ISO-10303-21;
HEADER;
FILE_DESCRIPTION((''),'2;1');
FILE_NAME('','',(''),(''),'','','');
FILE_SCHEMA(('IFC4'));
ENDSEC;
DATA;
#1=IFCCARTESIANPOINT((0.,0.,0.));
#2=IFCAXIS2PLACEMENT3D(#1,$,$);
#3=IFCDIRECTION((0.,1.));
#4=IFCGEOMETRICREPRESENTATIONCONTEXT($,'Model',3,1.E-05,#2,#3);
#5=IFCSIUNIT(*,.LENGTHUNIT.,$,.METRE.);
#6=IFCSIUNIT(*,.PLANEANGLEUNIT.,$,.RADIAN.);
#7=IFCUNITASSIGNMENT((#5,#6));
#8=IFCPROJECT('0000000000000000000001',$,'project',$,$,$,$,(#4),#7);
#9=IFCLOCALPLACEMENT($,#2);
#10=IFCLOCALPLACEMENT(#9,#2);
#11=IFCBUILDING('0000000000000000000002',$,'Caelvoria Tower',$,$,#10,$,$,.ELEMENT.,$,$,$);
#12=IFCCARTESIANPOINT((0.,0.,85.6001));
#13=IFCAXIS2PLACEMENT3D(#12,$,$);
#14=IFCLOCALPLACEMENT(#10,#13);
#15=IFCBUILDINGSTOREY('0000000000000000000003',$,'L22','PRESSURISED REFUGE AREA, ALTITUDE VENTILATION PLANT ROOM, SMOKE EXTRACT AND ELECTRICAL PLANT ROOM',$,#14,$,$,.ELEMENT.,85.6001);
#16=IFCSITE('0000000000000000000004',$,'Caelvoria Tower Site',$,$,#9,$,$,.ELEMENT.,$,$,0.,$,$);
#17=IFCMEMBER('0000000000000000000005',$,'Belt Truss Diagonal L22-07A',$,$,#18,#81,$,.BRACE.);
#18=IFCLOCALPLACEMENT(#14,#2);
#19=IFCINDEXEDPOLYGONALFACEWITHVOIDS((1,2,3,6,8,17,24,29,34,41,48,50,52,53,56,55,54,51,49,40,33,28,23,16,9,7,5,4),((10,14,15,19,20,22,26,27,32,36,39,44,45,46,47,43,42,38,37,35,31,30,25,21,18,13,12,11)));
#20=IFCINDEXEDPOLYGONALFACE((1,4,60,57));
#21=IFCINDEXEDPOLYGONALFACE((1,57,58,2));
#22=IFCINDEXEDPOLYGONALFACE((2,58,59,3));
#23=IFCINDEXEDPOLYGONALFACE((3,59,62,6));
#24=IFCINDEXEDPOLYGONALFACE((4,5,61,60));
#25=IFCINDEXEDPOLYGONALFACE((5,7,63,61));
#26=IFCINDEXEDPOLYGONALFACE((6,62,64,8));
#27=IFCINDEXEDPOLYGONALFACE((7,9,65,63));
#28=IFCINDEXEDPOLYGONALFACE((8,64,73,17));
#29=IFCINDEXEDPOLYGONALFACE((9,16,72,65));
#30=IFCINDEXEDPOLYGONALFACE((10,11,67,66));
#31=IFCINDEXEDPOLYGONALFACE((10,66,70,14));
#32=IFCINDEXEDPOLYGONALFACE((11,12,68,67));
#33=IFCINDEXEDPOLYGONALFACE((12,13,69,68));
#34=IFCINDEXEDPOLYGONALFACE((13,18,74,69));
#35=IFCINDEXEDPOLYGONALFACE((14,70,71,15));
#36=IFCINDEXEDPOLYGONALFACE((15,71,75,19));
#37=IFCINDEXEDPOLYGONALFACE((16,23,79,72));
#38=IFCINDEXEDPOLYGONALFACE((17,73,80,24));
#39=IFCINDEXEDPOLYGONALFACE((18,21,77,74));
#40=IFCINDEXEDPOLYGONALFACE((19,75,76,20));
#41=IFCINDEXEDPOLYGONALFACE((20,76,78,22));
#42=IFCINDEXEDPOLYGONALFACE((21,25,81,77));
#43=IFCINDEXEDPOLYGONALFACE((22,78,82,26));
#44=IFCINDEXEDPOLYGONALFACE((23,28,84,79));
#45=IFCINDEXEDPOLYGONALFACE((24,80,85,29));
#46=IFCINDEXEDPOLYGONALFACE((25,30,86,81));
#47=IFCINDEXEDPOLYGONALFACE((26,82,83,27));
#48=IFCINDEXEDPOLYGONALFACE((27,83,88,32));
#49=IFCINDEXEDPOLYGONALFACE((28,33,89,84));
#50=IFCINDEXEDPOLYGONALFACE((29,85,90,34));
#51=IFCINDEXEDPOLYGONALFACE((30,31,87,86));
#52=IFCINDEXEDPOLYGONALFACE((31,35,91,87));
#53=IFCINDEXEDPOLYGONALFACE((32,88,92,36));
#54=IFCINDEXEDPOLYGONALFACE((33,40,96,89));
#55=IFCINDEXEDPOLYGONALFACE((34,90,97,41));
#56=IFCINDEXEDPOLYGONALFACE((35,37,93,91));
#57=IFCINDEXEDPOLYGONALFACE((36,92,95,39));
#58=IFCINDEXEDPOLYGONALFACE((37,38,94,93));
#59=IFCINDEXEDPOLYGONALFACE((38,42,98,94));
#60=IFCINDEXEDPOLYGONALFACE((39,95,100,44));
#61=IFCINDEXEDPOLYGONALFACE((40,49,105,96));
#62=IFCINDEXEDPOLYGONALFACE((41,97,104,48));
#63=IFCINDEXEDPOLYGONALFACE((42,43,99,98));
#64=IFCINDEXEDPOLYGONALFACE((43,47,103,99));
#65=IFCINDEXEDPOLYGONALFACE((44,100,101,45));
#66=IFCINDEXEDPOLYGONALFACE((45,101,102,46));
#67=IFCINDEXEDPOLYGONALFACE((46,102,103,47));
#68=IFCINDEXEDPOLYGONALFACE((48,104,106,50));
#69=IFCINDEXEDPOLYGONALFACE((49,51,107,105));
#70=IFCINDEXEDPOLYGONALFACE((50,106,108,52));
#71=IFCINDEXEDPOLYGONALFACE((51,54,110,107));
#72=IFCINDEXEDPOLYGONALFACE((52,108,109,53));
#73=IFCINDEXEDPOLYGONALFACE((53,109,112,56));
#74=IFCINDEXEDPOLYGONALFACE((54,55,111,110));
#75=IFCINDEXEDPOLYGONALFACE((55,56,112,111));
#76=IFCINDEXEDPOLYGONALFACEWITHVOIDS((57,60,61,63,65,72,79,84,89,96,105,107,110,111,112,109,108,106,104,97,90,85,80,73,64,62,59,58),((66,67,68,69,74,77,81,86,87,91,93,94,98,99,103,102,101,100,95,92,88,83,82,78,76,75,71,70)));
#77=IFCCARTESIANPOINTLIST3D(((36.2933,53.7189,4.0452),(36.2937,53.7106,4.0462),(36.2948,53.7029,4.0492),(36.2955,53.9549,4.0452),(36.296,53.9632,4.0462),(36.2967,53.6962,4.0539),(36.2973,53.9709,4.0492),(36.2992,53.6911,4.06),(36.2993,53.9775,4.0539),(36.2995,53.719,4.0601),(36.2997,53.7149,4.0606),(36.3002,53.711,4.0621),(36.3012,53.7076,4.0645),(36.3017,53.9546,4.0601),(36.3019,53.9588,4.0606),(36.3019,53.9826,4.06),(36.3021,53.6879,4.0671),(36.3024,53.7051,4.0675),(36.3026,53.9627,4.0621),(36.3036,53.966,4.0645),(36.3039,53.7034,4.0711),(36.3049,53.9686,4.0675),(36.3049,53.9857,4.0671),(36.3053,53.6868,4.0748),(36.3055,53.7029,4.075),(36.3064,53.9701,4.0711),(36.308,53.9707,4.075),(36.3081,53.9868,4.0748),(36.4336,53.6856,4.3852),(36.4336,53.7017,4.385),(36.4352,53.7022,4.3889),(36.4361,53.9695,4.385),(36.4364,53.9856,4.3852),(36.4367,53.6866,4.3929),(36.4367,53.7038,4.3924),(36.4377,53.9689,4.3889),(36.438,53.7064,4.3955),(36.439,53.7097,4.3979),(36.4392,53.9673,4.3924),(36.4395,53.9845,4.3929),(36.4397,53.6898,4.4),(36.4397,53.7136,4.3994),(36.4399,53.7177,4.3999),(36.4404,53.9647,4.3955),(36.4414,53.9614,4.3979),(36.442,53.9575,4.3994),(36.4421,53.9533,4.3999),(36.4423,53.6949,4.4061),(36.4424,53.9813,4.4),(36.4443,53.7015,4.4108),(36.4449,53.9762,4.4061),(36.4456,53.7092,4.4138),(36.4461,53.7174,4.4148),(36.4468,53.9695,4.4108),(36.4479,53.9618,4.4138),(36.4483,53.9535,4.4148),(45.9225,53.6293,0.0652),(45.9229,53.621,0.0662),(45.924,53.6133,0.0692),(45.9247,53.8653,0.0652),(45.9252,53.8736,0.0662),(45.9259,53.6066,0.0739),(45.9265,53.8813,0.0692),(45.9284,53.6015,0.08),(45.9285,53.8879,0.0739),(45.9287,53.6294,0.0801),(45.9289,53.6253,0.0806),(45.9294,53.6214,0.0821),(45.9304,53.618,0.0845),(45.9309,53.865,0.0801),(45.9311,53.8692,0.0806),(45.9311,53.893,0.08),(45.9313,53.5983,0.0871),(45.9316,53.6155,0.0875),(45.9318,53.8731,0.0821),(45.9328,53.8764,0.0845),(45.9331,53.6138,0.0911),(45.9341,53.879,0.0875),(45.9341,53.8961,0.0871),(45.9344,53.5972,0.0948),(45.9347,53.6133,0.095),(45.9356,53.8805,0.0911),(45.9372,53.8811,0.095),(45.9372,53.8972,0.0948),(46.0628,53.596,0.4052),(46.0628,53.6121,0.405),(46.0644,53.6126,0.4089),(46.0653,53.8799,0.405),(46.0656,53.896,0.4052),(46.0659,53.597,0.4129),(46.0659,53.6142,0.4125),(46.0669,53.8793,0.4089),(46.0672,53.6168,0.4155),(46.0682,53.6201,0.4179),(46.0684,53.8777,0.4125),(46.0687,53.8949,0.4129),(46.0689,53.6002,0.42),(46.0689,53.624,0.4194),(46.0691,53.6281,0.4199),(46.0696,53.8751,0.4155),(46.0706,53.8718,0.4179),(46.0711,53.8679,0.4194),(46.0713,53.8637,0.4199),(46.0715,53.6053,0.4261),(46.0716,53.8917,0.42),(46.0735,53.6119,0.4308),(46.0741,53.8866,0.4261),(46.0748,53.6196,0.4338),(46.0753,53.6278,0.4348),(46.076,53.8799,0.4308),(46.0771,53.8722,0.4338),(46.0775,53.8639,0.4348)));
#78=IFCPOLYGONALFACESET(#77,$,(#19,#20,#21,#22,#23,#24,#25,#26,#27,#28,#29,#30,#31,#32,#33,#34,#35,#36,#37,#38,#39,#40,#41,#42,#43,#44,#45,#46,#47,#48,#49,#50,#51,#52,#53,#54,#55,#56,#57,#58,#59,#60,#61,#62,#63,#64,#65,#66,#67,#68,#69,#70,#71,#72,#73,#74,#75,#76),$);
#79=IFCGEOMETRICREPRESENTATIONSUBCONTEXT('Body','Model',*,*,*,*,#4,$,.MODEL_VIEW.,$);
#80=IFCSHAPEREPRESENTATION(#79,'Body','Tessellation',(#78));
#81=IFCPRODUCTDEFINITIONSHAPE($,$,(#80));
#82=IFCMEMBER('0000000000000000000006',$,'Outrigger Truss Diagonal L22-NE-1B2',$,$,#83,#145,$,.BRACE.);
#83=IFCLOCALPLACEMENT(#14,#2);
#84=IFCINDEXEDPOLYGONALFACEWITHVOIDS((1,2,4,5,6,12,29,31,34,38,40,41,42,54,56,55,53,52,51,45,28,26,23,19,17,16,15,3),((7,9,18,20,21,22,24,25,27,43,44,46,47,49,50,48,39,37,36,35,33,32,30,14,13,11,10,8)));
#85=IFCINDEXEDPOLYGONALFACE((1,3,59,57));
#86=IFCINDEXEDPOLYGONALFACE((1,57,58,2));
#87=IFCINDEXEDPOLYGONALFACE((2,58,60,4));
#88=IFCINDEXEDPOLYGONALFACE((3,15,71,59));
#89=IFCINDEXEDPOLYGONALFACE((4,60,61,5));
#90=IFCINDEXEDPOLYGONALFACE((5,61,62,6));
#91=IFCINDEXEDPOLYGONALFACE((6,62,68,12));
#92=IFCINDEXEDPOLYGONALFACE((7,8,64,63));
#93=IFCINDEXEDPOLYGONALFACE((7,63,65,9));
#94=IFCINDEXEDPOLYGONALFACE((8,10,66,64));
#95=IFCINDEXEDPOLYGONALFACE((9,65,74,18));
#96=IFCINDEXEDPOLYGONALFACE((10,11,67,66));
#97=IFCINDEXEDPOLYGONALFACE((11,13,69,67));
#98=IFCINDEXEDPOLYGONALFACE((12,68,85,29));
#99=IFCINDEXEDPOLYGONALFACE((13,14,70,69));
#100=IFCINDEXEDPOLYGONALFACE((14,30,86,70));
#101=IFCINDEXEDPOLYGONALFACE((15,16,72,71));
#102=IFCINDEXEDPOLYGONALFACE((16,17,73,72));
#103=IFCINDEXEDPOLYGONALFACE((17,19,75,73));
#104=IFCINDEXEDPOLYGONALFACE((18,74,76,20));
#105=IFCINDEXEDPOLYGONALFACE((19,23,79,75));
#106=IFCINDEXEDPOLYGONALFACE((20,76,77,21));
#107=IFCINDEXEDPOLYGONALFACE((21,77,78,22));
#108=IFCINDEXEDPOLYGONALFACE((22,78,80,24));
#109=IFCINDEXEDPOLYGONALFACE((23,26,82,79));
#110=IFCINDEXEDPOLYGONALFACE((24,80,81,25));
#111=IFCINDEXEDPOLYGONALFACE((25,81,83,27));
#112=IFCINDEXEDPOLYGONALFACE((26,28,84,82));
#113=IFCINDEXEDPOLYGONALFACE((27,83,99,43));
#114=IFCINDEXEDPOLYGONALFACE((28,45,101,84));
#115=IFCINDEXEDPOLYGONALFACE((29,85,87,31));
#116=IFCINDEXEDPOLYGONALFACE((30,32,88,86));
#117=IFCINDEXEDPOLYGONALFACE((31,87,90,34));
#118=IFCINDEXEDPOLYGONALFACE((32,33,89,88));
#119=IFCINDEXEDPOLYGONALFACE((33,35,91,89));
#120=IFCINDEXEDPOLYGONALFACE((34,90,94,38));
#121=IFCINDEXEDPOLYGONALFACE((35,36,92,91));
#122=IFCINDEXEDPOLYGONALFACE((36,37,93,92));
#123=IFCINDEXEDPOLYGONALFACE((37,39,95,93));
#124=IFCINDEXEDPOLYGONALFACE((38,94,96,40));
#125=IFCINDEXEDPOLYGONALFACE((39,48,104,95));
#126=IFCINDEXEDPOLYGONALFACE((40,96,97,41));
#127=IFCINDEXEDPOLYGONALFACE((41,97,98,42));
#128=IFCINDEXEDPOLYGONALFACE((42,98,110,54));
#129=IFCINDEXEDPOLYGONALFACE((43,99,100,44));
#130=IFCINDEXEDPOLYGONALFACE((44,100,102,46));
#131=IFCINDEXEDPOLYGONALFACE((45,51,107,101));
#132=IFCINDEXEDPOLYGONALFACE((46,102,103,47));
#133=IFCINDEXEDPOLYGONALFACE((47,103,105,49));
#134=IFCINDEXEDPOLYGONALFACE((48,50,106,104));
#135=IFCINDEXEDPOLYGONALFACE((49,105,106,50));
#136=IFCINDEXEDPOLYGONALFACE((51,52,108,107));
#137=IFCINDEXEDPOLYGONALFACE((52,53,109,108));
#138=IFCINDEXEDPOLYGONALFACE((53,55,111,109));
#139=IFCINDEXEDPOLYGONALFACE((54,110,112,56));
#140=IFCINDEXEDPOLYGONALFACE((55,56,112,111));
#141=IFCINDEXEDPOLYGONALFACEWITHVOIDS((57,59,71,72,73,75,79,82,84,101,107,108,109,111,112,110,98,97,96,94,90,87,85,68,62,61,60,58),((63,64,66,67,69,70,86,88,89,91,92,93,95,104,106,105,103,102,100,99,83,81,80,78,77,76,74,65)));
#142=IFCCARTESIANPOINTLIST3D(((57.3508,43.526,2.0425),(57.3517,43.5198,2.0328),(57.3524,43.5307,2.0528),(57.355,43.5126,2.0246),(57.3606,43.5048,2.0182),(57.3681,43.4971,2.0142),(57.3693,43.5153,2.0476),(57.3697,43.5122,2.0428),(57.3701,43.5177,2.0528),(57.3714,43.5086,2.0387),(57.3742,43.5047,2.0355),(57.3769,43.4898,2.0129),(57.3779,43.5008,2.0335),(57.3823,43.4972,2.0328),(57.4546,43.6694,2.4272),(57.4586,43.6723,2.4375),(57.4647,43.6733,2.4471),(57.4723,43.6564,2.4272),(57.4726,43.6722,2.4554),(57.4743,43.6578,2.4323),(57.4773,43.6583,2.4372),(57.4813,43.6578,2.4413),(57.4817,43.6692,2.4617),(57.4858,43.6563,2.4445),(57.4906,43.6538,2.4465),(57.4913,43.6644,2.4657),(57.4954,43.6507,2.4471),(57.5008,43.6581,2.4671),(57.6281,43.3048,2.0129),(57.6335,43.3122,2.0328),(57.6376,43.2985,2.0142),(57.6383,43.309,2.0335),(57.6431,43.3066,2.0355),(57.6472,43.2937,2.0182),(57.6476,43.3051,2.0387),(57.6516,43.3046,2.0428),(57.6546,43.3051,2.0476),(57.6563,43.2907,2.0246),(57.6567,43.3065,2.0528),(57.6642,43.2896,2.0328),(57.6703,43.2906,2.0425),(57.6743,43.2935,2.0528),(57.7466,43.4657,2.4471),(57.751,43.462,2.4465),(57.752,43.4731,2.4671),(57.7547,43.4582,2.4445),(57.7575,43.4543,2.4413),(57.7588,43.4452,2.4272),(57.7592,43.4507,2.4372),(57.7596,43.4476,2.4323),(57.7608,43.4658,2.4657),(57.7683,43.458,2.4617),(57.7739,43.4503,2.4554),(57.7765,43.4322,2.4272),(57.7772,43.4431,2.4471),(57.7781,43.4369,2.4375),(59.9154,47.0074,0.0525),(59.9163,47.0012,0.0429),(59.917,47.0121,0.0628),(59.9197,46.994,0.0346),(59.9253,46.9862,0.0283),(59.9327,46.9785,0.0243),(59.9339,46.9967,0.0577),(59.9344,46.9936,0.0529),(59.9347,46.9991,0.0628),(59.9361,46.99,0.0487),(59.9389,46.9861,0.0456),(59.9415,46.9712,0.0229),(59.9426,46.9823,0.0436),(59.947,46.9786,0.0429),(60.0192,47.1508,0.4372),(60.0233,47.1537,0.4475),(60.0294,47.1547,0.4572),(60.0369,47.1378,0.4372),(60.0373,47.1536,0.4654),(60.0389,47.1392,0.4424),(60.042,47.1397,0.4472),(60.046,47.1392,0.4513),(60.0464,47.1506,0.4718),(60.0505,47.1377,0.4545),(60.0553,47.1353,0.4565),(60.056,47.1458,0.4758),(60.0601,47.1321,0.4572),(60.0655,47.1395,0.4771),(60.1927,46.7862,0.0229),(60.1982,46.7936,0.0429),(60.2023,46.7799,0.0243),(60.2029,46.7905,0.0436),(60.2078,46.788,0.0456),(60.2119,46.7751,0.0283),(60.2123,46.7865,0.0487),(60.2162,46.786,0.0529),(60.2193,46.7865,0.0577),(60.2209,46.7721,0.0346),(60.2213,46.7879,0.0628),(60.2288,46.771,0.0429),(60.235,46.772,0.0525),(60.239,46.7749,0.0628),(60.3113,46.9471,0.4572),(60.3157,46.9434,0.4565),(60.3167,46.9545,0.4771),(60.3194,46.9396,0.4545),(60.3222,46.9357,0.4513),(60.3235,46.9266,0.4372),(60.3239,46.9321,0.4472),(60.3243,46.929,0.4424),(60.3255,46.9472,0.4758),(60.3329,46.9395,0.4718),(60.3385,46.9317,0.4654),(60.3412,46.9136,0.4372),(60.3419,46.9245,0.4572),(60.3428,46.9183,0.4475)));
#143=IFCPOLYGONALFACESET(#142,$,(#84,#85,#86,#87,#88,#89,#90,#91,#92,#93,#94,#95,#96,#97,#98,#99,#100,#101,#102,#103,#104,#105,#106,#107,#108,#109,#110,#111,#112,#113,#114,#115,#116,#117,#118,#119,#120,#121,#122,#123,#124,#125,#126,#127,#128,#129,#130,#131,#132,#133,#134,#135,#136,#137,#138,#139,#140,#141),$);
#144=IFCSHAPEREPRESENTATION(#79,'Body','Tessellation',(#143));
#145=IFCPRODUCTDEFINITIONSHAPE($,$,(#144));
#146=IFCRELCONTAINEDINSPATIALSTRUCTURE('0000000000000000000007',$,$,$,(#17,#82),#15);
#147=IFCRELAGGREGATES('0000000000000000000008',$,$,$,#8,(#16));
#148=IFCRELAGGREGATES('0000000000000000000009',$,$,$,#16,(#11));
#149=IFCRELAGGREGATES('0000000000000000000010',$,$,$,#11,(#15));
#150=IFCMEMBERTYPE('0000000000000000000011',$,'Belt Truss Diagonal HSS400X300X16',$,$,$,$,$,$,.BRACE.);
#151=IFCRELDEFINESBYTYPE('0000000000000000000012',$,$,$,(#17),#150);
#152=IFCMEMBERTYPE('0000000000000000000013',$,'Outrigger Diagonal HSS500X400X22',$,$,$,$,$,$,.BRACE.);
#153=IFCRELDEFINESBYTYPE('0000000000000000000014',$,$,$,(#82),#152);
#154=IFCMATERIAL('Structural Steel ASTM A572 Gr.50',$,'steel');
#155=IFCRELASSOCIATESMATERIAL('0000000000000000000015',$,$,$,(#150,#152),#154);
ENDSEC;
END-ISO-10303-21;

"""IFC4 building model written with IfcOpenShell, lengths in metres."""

from ifc_helpers import new_model, si_unit, direction, frame, origin, origin_2d, place, context, subcontext, project, spatial, hollow_rectangle, extrude, material, material_profile, profile_set, type_object, element, save


model = new_model("IFC4")

# Units and contexts
model_context = context("Model", 3, precision=1e-05, world=origin(), true_north=direction((0.0, 1.0)))
body_context = subcontext(model_context, "Body", "Model", "MODEL_VIEW")
ifc_project = project(units=[si_unit("LENGTHUNIT", "METRE"), si_unit("PLANEANGLEUNIT", "RADIAN")], contexts=[model_context])

# Site, building, storey
site_placement = place(None, origin())
site = spatial("IfcSite", under=ifc_project, at=site_placement, Name="Caelvoria Tower Site", CompositionType="ELEMENT", RefElevation=0.0)
building_placement = place(site_placement, origin())
building = spatial("IfcBuilding", under=site, at=building_placement, Name="Caelvoria Tower", CompositionType="ELEMENT")
storey_placement = place(building_placement, frame((0.0, 0.0, 85.6001)))
storey = spatial("IfcBuildingStorey", under=building, at=storey_placement, Name="L22", Description="PRESSURISED REFUGE AREA, ALTITUDE VENTILATION PLANT ROOM, SMOKE EXTRACT AND ELECTRICAL PLANT ROOM", CompositionType="ELEMENT", Elevation=85.6001)

# Members
ifc_material_1 = material(Name="Structural Steel ASTM A572 Gr.50", Category="steel")
ifc_material_profile_1 = material_profile(ifc_material_1, hollow_rectangle(XDim=0.3, YDim=0.3999, WallThickness=0.0161, InnerFilletRadius=0.0161, OuterFilletRadius=0.032, at=origin_2d()), Name="Structural Steel ASTM A572 Gr.50")
ifc_profile_set_1 = profile_set([ifc_material_profile_1], Name="HSS400X300X16 - Structural Steel ASTM A572 Gr.50")
member_type_1 = type_object("IfcMemberType", Name="Belt Truss Diagonal HSS400X300X16", PredefinedType="BRACE", material=ifc_profile_set_1)
for number, where, z_axis, x_axis, name in (
    (1, (46.0, 53.7466, 0.25), (-0.924135, 0.008599, 0.381969), (-0.009305, -0.999957, 0.0), "Belt Truss Diagonal L22-07A"),
):
    element("IfcMember", number, at=place(storey_placement, frame(where, z_axis=z_axis, x_axis=x_axis)), inside=storey, type_object=member_type_1, Name=name, PredefinedType="BRACE", context=body_context, shape_type="SweptSolid", body=[
        extrude(hollow_rectangle(XDim=0.3, YDim=0.3999, WallThickness=0.0161, InnerFilletRadius=0.0161, OuterFilletRadius=0.032, at=origin_2d()), origin(), (0.0, 0.0, 1.0), 10.4197),
    ])
ifc_material_profile_2 = material_profile(ifc_material_1, hollow_rectangle(XDim=0.3999, YDim=0.5, WallThickness=0.022, InnerFilletRadius=0.022, OuterFilletRadius=0.0439, at=origin_2d()), Name="Structural Steel ASTM A572 Gr.50")
ifc_profile_set_2 = profile_set([ifc_material_profile_2], Name="HSS500X400X22 - Structural Steel ASTM A572 Gr.50")
member_type_2 = type_object("IfcMemberType", Name="Outrigger Diagonal HSS500X400X22", PredefinedType="BRACE", material=ifc_profile_set_2)
member_1_placement = place(storey_placement, frame((57.5645, 43.4814, 2.24), z_axis=(0.538795, 0.731386, -0.41806), x_axis=(-0.80512, 0.593112, 0.0)))
element("IfcMember", 2, at=member_1_placement, inside=storey, type_object=member_type_2, Name="Outrigger Truss Diagonal L22-NE-1B2", PredefinedType="BRACE", context=body_context, shape_type="SweptSolid", body=[
    extrude(hollow_rectangle(XDim=0.3999, YDim=0.5, WallThickness=0.022, InnerFilletRadius=0.022, OuterFilletRadius=0.0439, at=origin_2d()), origin(), (0.0, 0.0, 1.0), 4.76),
])

save(model, "model.ifc")
